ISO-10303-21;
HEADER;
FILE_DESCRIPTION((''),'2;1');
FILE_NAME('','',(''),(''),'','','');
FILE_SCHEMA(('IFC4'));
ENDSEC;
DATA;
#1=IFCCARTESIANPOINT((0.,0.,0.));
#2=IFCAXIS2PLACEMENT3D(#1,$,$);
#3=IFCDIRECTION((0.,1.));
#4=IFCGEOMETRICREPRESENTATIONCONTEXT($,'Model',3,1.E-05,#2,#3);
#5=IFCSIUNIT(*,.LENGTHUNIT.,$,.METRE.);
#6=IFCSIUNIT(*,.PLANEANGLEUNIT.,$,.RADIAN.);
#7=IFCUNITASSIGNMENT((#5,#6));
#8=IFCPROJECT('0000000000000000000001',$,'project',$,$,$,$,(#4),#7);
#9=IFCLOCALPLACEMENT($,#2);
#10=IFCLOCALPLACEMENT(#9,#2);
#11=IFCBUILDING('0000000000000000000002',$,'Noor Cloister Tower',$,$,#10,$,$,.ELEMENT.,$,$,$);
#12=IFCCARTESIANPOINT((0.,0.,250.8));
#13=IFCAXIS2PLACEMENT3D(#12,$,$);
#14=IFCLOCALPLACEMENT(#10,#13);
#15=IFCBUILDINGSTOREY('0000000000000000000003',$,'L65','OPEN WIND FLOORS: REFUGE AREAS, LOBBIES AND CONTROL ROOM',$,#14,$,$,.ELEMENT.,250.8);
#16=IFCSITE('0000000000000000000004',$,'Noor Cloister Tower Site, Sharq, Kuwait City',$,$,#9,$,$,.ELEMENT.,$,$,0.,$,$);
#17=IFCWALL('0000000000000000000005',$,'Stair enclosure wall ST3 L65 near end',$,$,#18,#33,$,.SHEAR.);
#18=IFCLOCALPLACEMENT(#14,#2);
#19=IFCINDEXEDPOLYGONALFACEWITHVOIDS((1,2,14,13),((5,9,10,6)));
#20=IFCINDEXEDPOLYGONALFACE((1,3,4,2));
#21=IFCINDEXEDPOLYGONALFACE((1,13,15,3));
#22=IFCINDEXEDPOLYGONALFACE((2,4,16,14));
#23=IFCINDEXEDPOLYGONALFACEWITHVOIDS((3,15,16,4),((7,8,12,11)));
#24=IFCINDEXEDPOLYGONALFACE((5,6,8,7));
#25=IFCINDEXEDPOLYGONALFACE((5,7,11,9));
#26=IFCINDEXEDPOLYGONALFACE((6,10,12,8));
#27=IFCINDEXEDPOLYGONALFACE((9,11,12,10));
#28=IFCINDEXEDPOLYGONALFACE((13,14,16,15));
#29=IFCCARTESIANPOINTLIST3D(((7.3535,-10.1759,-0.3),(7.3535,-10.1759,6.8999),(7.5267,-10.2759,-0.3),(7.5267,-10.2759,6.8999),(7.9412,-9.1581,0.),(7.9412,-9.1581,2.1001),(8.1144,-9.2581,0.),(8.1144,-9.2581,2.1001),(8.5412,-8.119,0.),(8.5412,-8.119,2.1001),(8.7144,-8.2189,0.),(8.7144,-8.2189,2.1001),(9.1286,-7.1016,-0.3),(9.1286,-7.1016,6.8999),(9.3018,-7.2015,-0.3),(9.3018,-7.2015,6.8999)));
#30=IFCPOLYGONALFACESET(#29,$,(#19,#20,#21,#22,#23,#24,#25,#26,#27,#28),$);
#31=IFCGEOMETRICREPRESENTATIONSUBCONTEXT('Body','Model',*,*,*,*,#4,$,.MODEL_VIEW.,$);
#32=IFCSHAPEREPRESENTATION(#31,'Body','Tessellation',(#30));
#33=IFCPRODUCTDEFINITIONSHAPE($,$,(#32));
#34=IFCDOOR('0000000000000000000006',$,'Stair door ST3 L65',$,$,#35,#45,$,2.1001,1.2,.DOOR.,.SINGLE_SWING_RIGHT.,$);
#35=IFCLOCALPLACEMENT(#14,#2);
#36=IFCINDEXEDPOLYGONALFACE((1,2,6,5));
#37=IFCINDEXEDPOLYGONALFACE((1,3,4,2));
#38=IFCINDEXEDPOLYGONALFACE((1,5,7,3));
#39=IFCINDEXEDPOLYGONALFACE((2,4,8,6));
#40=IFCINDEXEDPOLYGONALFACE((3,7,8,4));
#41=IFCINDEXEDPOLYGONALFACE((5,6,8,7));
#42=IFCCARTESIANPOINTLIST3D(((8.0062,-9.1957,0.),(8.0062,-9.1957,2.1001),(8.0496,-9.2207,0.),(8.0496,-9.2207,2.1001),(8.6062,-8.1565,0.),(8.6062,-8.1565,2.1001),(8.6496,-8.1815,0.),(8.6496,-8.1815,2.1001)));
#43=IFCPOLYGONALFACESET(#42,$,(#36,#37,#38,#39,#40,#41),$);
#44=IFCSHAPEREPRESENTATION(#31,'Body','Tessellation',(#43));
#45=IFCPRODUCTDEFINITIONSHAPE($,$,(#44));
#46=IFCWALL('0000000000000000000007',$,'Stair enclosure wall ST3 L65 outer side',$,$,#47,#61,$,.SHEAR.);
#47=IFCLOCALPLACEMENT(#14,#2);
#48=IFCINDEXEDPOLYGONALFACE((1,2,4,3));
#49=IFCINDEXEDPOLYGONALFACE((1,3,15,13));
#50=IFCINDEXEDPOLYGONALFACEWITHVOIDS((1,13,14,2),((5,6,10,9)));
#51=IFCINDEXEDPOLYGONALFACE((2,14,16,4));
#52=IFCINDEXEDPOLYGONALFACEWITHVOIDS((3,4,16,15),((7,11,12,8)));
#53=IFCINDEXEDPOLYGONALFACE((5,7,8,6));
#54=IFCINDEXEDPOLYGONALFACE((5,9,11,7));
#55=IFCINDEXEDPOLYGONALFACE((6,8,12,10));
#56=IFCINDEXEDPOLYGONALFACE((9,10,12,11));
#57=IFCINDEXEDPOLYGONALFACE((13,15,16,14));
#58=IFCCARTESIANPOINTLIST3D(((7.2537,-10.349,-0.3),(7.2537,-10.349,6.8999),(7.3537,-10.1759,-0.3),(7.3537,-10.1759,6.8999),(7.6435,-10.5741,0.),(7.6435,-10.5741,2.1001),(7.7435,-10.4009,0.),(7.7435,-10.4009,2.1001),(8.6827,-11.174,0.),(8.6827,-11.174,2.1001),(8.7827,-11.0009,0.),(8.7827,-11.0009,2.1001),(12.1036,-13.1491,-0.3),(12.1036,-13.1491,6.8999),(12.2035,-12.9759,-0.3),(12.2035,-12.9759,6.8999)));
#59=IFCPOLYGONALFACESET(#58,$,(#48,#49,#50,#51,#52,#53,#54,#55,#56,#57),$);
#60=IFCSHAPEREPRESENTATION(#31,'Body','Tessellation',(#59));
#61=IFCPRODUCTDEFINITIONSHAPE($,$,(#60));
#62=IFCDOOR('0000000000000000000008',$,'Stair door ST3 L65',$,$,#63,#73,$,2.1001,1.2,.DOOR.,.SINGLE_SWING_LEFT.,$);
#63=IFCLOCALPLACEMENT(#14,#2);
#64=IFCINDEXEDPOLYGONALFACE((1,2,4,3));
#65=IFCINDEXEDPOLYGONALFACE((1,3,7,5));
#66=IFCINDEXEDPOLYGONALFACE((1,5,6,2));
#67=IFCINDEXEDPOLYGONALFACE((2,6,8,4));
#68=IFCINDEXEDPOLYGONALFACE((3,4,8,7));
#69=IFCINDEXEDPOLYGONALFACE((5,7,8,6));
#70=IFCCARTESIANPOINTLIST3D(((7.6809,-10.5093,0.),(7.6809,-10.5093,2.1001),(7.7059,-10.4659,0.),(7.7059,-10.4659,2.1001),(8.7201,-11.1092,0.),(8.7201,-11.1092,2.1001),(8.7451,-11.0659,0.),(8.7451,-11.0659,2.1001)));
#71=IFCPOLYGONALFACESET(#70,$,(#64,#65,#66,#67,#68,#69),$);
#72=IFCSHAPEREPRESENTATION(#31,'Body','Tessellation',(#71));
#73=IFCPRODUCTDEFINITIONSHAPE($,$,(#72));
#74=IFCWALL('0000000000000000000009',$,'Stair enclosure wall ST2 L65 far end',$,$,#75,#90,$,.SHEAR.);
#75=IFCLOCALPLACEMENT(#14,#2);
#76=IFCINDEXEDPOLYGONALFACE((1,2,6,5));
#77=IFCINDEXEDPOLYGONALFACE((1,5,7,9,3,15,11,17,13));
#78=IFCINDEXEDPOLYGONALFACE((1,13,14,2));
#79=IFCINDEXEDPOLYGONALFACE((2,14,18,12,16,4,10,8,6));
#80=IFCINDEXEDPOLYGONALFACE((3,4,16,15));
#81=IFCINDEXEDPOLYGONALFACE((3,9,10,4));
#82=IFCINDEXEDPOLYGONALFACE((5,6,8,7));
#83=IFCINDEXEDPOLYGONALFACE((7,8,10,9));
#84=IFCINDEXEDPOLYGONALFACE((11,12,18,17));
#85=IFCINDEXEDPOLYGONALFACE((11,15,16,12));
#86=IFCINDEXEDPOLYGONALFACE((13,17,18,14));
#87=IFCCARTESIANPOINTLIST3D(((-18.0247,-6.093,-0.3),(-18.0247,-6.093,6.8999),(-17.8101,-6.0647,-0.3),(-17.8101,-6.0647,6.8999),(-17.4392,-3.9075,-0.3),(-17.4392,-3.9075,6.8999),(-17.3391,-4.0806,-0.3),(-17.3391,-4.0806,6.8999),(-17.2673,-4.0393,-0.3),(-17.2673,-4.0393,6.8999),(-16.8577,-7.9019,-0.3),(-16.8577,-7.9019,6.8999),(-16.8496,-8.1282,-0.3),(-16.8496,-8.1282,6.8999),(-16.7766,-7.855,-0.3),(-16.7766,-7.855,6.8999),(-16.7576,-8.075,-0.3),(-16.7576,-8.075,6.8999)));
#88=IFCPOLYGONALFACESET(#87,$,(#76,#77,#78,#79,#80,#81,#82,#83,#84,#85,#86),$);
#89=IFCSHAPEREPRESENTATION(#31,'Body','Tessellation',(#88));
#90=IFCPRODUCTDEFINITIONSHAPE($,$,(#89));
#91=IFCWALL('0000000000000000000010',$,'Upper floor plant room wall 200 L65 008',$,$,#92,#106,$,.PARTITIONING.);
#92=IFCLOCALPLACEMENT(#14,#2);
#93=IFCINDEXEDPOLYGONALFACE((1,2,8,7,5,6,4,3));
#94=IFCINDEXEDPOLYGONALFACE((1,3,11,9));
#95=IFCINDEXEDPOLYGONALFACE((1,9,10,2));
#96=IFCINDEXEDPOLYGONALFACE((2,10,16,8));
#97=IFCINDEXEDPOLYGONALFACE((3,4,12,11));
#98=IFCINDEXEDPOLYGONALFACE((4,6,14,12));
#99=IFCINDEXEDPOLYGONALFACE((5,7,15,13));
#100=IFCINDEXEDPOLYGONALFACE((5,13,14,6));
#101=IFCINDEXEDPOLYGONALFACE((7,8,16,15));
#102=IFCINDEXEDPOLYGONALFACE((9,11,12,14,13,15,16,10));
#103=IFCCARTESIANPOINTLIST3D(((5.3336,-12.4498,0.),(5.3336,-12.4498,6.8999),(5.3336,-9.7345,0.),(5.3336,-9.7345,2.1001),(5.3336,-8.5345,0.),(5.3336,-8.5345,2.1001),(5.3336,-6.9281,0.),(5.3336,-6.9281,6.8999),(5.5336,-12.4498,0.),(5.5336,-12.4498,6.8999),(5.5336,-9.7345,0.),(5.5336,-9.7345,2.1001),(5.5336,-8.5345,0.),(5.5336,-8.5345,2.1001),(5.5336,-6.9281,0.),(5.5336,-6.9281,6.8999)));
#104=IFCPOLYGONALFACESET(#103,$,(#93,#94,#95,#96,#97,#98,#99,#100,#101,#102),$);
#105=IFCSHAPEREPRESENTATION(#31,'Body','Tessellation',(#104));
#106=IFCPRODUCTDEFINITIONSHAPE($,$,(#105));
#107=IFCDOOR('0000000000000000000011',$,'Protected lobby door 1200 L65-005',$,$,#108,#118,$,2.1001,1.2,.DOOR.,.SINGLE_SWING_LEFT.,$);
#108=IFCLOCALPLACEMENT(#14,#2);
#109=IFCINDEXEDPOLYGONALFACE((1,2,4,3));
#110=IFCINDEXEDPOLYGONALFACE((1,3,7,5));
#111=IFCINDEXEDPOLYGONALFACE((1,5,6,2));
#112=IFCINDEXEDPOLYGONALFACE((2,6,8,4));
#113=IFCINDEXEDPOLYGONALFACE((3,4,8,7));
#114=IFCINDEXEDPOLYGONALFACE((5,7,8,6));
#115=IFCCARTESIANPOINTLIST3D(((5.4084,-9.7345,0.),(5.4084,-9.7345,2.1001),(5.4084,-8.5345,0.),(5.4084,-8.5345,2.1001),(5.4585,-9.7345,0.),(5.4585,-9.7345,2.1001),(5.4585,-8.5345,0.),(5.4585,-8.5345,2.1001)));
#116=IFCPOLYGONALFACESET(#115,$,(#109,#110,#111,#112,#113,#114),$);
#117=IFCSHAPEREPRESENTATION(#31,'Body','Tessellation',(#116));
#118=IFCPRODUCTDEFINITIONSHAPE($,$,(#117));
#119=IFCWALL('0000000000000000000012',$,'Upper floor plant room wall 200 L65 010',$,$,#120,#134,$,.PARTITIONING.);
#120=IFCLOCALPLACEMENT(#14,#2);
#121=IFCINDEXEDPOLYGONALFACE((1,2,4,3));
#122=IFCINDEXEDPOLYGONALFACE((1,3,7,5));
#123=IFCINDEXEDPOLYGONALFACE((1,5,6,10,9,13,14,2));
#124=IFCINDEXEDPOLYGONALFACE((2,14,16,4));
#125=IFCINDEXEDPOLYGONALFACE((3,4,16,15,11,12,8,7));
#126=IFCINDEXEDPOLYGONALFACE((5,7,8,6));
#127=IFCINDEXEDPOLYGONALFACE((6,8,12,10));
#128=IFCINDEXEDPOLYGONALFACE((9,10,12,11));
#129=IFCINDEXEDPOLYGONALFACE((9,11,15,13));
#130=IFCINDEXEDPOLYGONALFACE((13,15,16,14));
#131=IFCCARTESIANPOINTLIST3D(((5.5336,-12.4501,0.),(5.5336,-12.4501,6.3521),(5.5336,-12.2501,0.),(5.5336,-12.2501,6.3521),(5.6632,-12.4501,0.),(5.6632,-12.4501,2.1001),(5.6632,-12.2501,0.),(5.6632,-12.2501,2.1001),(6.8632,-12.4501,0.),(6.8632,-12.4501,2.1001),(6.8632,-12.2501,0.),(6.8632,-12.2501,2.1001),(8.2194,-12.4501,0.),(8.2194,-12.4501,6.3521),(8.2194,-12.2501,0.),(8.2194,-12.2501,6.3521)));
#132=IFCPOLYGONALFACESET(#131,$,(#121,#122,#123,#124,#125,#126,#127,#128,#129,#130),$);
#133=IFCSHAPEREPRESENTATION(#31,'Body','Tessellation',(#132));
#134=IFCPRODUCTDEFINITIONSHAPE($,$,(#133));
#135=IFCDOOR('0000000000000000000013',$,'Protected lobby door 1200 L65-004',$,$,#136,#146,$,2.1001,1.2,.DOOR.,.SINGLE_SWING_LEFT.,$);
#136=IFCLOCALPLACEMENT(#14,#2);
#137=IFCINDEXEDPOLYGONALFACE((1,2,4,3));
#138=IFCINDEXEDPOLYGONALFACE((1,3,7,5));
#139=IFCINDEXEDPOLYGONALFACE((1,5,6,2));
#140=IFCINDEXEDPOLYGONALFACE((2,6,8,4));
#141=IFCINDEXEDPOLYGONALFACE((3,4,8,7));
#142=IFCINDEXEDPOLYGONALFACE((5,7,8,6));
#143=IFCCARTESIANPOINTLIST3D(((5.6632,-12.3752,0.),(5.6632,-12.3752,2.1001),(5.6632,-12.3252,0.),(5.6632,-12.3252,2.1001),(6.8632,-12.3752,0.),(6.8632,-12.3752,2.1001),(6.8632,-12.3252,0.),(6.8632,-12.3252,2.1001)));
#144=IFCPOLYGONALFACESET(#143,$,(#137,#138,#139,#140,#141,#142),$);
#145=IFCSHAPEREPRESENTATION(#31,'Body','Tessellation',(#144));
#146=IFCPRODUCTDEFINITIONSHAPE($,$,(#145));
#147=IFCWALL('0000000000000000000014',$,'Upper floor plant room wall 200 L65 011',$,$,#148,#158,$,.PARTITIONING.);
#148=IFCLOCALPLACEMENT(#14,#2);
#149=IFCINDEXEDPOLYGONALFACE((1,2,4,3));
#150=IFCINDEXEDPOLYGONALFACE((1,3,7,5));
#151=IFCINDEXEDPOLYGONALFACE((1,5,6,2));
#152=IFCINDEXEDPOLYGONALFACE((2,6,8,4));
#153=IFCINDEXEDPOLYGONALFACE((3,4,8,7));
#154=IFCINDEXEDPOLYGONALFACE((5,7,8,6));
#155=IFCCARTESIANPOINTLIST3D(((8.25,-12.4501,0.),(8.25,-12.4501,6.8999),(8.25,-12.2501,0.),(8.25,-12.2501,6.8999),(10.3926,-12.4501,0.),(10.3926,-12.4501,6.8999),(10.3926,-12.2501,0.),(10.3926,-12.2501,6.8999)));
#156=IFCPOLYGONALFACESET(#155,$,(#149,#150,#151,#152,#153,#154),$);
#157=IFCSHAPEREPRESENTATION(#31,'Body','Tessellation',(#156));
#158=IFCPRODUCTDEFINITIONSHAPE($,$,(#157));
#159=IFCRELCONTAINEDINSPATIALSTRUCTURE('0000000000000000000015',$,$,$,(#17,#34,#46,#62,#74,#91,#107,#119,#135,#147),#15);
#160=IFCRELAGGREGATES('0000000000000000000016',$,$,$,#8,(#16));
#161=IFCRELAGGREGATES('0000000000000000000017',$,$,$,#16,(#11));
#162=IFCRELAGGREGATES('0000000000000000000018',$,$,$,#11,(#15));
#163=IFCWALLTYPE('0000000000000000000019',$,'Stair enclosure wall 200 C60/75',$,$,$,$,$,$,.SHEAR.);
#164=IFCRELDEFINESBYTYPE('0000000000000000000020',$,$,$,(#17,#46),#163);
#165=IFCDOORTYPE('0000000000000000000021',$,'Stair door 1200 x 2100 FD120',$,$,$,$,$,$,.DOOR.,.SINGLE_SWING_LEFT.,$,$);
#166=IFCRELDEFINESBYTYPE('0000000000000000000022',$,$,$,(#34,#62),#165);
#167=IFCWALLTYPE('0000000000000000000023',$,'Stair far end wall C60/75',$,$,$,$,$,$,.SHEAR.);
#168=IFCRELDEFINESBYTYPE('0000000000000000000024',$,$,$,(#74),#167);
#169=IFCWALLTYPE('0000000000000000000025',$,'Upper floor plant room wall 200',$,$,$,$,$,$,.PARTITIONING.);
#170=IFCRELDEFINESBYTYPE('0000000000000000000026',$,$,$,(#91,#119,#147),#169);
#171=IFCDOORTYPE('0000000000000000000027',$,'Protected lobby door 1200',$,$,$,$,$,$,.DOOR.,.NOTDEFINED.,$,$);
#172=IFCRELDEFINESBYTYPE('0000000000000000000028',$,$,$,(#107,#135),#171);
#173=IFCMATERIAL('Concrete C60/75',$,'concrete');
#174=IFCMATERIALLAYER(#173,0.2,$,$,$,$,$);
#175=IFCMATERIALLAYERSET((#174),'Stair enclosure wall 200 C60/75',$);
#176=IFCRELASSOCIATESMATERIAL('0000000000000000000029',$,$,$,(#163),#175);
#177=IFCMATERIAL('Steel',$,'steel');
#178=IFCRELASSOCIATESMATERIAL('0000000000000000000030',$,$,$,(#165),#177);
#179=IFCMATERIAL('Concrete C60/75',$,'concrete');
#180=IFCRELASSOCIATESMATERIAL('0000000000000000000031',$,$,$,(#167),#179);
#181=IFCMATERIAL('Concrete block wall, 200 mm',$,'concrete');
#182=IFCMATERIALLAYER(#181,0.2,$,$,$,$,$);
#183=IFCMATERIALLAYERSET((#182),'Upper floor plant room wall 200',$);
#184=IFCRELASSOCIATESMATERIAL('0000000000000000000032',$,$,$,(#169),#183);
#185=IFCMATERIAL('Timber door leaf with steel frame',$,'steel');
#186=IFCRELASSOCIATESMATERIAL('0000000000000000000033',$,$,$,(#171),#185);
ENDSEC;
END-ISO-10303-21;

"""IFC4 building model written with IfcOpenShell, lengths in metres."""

from ifc_helpers import new_model, si_unit, direction, frame, frame_2d, origin, place, context, subcontext, project, spatial, polyline, rectangle, outline, extrude, material, layer, layer_set, type_object, element, fill, save


model = new_model("IFC4")

# Units and contexts
model_context = context("Model", 3, precision=1e-05, world=origin(), true_north=direction((0.0, 1.0)))
body_context = subcontext(model_context, "Body", "Model", "MODEL_VIEW")
ifc_project = project(units=[si_unit("LENGTHUNIT", "METRE"), si_unit("PLANEANGLEUNIT", "RADIAN")], contexts=[model_context])

# Site, building, storey
site_placement = place(None, origin())
site = spatial("IfcSite", under=ifc_project, at=site_placement, Name="Noor Cloister Tower Site, Sharq, Kuwait City", CompositionType="ELEMENT", RefElevation=0.0)
building_placement = place(site_placement, origin())
building = spatial("IfcBuilding", under=site, at=building_placement, Name="Noor Cloister Tower", CompositionType="ELEMENT")
storey_placement = place(building_placement, frame((0.0, 0.0, 250.8)))
storey = spatial("IfcBuildingStorey", under=building, at=storey_placement, Name="L65", Description="OPEN WIND FLOORS: REFUGE AREAS, LOBBIES AND CONTROL ROOM", CompositionType="ELEMENT", Elevation=250.8)

# Walls, openings, doors
ifc_material_1 = material(Name="Concrete C60/75", Category="concrete")
ifc_layer_1 = layer(ifc_material_1, 0.2)
ifc_layer_set_1 = layer_set([ifc_layer_1], Name="Stair enclosure wall 200 C60/75")
wall_type_1 = type_object("IfcWallType", Name="Stair enclosure wall 200 C60/75", PredefinedType="SHEAR", material=ifc_layer_set_1)
wall_1_placement = place(storey_placement, frame((7.4402, -10.2258, -0.3), z_axis=(0.0, 0.0, 1.0), x_axis=(0.500022, 0.866013, 0.0)))
wall_1 = element("IfcWall", 1, at=wall_1_placement, inside=storey, type_object=wall_type_1, Name="Stair enclosure wall ST3 L65 near end", PredefinedType="SHEAR", context=body_context, shape_type="SweptSolid", body=[
    extrude(rectangle(XDim=3.55, YDim=0.2, at=frame_2d((1.7749, 0.0))), origin(), (0.0, 0.0, 1.0), 7.2),
])
opening_1_placement = place(wall_1_placement, frame((1.175, 0.0, 0.3)))
opening_1 = element("IfcOpeningElement", 2, at=opening_1_placement, cuts=wall_1, PredefinedType="OPENING", context=body_context, shape_type="SweptSolid", body=[
    extrude(rectangle(XDim=1.2, YDim=2.1001, at=frame_2d((0.6001, 1.05))), frame((0.0, 0.1099, 0.0), z_axis=(0.0, -1.0, 0.0), x_axis=(1.0, 0.0, 0.0)), (0.0, 0.0, 1.0), 0.22),
])
ifc_material_2 = material(Name="Steel", Category="steel")
door_type_1 = type_object("IfcDoorType", Name="Stair door 1200 x 2100 FD120", OperationType="SINGLE_SWING_LEFT", PredefinedType="DOOR", material=ifc_material_2)
door_1_placement = place(opening_1_placement, origin())
door_1 = element("IfcDoor", 3, at=door_1_placement, inside=storey, type_object=door_type_1, Name="Stair door ST3 L65", OperationType="SINGLE_SWING_RIGHT", OverallHeight=2.1001, OverallWidth=1.2, PredefinedType="DOOR", context=body_context, shape_type="SweptSolid", body=[
    extrude(rectangle(XDim=1.2, YDim=2.1001, at=frame_2d((0.6001, 1.05))), frame((0.0, 0.0249, 0.0), z_axis=(0.0, -1.0, 0.0), x_axis=(1.0, 0.0, 0.0)), (0.0, 0.0, 1.0), 0.05),
])
fill(opening_1, door_1)
wall_2_placement = place(storey_placement, frame((7.3037, -10.2625, -0.3), z_axis=(0.0, 0.0, 1.0), x_axis=(0.866027, -0.499998, 0.0)))
wall_2 = element("IfcWall", 4, at=wall_2_placement, inside=storey, type_object=wall_type_1, Name="Stair enclosure wall ST3 L65 outer side", PredefinedType="SHEAR", context=body_context, shape_type="SweptSolid", body=[
    extrude(rectangle(XDim=5.6001, YDim=0.2, at=frame_2d((2.8, 0.0))), origin(), (0.0, 0.0, 1.0), 7.2),
])
opening_2_placement = place(wall_2_placement, frame((0.45, 0.0, 0.3)))
opening_2 = element("IfcOpeningElement", 5, at=opening_2_placement, cuts=wall_2, PredefinedType="OPENING", context=body_context, shape_type="SweptSolid", body=[
    extrude(rectangle(XDim=1.2, YDim=2.1001, at=frame_2d((0.6001, 1.05))), frame((0.0, 0.1099, 0.0), z_axis=(0.0, -1.0, 0.0), x_axis=(1.0, 0.0, 0.0)), (0.0, 0.0, 1.0), 0.22),
])
door_2_placement = place(opening_2_placement, origin())
door_2 = element("IfcDoor", 6, at=door_2_placement, inside=storey, type_object=door_type_1, Name="Stair door ST3 L65", OperationType="SINGLE_SWING_LEFT", OverallHeight=2.1001, OverallWidth=1.2, PredefinedType="DOOR", context=body_context, shape_type="SweptSolid", body=[
    extrude(rectangle(XDim=1.2, YDim=2.1001, at=frame_2d((0.6001, 1.05))), frame((0.0, 0.0249, 0.0), z_axis=(0.0, -1.0, 0.0), x_axis=(1.0, 0.0, 0.0)), (0.0, 0.0, 1.0), 0.05),
])
fill(opening_2, door_2)

# Wall
ifc_material_3 = material(Name="Concrete C60/75", Category="concrete")
wall_type_2 = type_object("IfcWallType", Name="Stair far end wall C60/75", PredefinedType="SHEAR", material=ifc_material_3)
wall_3_placement = place(storey_placement, frame((0.0, 0.0, -0.3)))
element("IfcWall", 7, at=wall_3_placement, inside=storey, type_object=wall_type_2, Name="Stair enclosure wall ST2 L65 far end", PredefinedType="SHEAR", context=body_context, shape_type="SweptSolid", body=[
    extrude(outline(polyline([(-17.4392, -3.9075), (-18.0247, -6.093), (-16.8496, -8.1282), (-16.7576, -8.075), (-16.8577, -7.9019), (-16.8577, -7.9019), (-16.8577, -7.9019), (-16.8577, -7.9019), (-16.8577, -7.9019), (-16.8577, -7.9019), (-16.8577, -7.9019), (-16.8577, -7.9019), (-16.8577, -7.9019), (-16.8577, -7.9019), (-16.8577, -7.9019), (-16.8577, -7.9019), (-16.8577, -7.9019), (-16.8577, -7.9019), (-16.8577, -7.9019), (-16.8577, -7.9019), (-16.8577, -7.9019), (-16.7766, -7.855), (-17.8101, -6.0647), (-17.2673, -4.0393), (-17.3391, -4.0806), (-17.3391, -4.0806), (-17.3391, -4.0806), (-17.3391, -4.0806), (-17.3391, -4.0806), (-17.3391, -4.0806), (-17.3391, -4.0806), (-17.3391, -4.0806), (-17.3391, -4.0806), (-17.3391, -4.0806), (-17.3391, -4.0806), (-17.3391, -4.0806), (-17.3391, -4.0806), (-17.3391, -4.0806), (-17.3391, -4.0806), (-17.3391, -4.0806), (-17.3391, -4.0806), (-17.4392, -3.9075)])), origin(), (0.0, 0.0, 1.0), 7.2),
])

# Walls, openings, doors
ifc_material_4 = material(Name="Concrete block wall, 200 mm", Category="concrete")
ifc_layer_2 = layer(ifc_material_4, 0.2)
ifc_layer_set_2 = layer_set([ifc_layer_2], Name="Upper floor plant room wall 200")
wall_type_3 = type_object("IfcWallType", Name="Upper floor plant room wall 200", PredefinedType="PARTITIONING", material=ifc_layer_set_2)
wall_4_placement = place(storey_placement, frame((5.4336, -6.9282, 0.0), z_axis=(0.0, 0.0, 1.0), x_axis=(0.0, -1.0, 0.0)))
wall_4 = element("IfcWall", 8, at=wall_4_placement, inside=storey, type_object=wall_type_3, Name="Upper floor plant room wall 200 L65 008", PredefinedType="PARTITIONING", context=body_context, shape_type="SweptSolid", body=[
    extrude(rectangle(XDim=5.5217, YDim=0.2, at=frame_2d((2.7607, 0.0))), origin(), (0.0, 0.0, 1.0), 6.8999),
])
opening_3_placement = place(wall_4_placement, frame((1.6062, 0.0, 0.0)))
opening_3 = element("IfcOpeningElement", 9, at=opening_3_placement, cuts=wall_4, PredefinedType="OPENING", context=body_context, shape_type="SweptSolid", body=[
    extrude(rectangle(XDim=1.2, YDim=2.1001, at=frame_2d((0.6001, 1.05))), frame((0.0, 0.1099, 0.0), z_axis=(0.0, -1.0, 0.0), x_axis=(1.0, 0.0, 0.0)), (0.0, 0.0, 1.0), 0.22),
])
ifc_material_5 = material(Name="Timber door leaf with steel frame", Category="steel")
door_type_2 = type_object("IfcDoorType", Name="Protected lobby door 1200", OperationType="NOTDEFINED", PredefinedType="DOOR", material=ifc_material_5)
door_3_placement = place(opening_3_placement, origin())
door_3 = element("IfcDoor", 10, at=door_3_placement, inside=storey, type_object=door_type_2, Name="Protected lobby door 1200 L65-005", OperationType="SINGLE_SWING_LEFT", OverallHeight=2.1001, OverallWidth=1.2, PredefinedType="DOOR", context=body_context, shape_type="SweptSolid", body=[
    extrude(rectangle(XDim=1.2, YDim=2.1001, at=frame_2d((0.6001, 1.05))), frame((0.0, 0.0249, 0.0), z_axis=(0.0, -1.0, 0.0), x_axis=(1.0, 0.0, 0.0)), (0.0, 0.0, 1.0), 0.05),
])
fill(opening_3, door_3)
wall_5_placement = place(storey_placement, frame((5.5337, -12.3501, 0.0), z_axis=(0.0, 0.0, 1.0), x_axis=(1.0, 0.0, 0.0)))
wall_5 = element("IfcWall", 11, at=wall_5_placement, inside=storey, type_object=wall_type_3, Name="Upper floor plant room wall 200 L65 010", PredefinedType="PARTITIONING", context=body_context, shape_type="SweptSolid", body=[
    extrude(rectangle(XDim=2.6858, YDim=0.2, at=frame_2d((1.3428, 0.0))), origin(), (0.0, 0.0, 1.0), 6.3521),
])
opening_4_placement = place(wall_5_placement, frame((0.1294, 0.0, 0.0)))
opening_4 = element("IfcOpeningElement", 12, at=opening_4_placement, cuts=wall_5, PredefinedType="OPENING", context=body_context, shape_type="SweptSolid", body=[
    extrude(rectangle(XDim=1.2, YDim=2.1001, at=frame_2d((0.6001, 1.05))), frame((0.0, 0.1099, 0.0), z_axis=(0.0, -1.0, 0.0), x_axis=(1.0, 0.0, 0.0)), (0.0, 0.0, 1.0), 0.22),
])
door_4_placement = place(opening_4_placement, origin())
door_4 = element("IfcDoor", 13, at=door_4_placement, inside=storey, type_object=door_type_2, Name="Protected lobby door 1200 L65-004", OperationType="SINGLE_SWING_LEFT", OverallHeight=2.1001, OverallWidth=1.2, PredefinedType="DOOR", context=body_context, shape_type="SweptSolid", body=[
    extrude(rectangle(XDim=1.2, YDim=2.1001, at=frame_2d((0.6001, 1.05))), frame((0.0, 0.0249, 0.0), z_axis=(0.0, -1.0, 0.0), x_axis=(1.0, 0.0, 0.0)), (0.0, 0.0, 1.0), 0.05),
])
fill(opening_4, door_4)

# Wall
wall_6_placement = place(storey_placement, frame((8.25, -12.3501, 0.0), z_axis=(0.0, 0.0, 1.0), x_axis=(1.0, 0.0, 0.0)))
element("IfcWall", 14, at=wall_6_placement, inside=storey, type_object=wall_type_3, Name="Upper floor plant room wall 200 L65 011", PredefinedType="PARTITIONING", context=body_context, shape_type="SweptSolid", body=[
    extrude(rectangle(XDim=2.1426, YDim=0.2, at=frame_2d((1.0713, 0.0))), origin(), (0.0, 0.0, 1.0), 6.8999),
])

save(model, "model.ifc")
